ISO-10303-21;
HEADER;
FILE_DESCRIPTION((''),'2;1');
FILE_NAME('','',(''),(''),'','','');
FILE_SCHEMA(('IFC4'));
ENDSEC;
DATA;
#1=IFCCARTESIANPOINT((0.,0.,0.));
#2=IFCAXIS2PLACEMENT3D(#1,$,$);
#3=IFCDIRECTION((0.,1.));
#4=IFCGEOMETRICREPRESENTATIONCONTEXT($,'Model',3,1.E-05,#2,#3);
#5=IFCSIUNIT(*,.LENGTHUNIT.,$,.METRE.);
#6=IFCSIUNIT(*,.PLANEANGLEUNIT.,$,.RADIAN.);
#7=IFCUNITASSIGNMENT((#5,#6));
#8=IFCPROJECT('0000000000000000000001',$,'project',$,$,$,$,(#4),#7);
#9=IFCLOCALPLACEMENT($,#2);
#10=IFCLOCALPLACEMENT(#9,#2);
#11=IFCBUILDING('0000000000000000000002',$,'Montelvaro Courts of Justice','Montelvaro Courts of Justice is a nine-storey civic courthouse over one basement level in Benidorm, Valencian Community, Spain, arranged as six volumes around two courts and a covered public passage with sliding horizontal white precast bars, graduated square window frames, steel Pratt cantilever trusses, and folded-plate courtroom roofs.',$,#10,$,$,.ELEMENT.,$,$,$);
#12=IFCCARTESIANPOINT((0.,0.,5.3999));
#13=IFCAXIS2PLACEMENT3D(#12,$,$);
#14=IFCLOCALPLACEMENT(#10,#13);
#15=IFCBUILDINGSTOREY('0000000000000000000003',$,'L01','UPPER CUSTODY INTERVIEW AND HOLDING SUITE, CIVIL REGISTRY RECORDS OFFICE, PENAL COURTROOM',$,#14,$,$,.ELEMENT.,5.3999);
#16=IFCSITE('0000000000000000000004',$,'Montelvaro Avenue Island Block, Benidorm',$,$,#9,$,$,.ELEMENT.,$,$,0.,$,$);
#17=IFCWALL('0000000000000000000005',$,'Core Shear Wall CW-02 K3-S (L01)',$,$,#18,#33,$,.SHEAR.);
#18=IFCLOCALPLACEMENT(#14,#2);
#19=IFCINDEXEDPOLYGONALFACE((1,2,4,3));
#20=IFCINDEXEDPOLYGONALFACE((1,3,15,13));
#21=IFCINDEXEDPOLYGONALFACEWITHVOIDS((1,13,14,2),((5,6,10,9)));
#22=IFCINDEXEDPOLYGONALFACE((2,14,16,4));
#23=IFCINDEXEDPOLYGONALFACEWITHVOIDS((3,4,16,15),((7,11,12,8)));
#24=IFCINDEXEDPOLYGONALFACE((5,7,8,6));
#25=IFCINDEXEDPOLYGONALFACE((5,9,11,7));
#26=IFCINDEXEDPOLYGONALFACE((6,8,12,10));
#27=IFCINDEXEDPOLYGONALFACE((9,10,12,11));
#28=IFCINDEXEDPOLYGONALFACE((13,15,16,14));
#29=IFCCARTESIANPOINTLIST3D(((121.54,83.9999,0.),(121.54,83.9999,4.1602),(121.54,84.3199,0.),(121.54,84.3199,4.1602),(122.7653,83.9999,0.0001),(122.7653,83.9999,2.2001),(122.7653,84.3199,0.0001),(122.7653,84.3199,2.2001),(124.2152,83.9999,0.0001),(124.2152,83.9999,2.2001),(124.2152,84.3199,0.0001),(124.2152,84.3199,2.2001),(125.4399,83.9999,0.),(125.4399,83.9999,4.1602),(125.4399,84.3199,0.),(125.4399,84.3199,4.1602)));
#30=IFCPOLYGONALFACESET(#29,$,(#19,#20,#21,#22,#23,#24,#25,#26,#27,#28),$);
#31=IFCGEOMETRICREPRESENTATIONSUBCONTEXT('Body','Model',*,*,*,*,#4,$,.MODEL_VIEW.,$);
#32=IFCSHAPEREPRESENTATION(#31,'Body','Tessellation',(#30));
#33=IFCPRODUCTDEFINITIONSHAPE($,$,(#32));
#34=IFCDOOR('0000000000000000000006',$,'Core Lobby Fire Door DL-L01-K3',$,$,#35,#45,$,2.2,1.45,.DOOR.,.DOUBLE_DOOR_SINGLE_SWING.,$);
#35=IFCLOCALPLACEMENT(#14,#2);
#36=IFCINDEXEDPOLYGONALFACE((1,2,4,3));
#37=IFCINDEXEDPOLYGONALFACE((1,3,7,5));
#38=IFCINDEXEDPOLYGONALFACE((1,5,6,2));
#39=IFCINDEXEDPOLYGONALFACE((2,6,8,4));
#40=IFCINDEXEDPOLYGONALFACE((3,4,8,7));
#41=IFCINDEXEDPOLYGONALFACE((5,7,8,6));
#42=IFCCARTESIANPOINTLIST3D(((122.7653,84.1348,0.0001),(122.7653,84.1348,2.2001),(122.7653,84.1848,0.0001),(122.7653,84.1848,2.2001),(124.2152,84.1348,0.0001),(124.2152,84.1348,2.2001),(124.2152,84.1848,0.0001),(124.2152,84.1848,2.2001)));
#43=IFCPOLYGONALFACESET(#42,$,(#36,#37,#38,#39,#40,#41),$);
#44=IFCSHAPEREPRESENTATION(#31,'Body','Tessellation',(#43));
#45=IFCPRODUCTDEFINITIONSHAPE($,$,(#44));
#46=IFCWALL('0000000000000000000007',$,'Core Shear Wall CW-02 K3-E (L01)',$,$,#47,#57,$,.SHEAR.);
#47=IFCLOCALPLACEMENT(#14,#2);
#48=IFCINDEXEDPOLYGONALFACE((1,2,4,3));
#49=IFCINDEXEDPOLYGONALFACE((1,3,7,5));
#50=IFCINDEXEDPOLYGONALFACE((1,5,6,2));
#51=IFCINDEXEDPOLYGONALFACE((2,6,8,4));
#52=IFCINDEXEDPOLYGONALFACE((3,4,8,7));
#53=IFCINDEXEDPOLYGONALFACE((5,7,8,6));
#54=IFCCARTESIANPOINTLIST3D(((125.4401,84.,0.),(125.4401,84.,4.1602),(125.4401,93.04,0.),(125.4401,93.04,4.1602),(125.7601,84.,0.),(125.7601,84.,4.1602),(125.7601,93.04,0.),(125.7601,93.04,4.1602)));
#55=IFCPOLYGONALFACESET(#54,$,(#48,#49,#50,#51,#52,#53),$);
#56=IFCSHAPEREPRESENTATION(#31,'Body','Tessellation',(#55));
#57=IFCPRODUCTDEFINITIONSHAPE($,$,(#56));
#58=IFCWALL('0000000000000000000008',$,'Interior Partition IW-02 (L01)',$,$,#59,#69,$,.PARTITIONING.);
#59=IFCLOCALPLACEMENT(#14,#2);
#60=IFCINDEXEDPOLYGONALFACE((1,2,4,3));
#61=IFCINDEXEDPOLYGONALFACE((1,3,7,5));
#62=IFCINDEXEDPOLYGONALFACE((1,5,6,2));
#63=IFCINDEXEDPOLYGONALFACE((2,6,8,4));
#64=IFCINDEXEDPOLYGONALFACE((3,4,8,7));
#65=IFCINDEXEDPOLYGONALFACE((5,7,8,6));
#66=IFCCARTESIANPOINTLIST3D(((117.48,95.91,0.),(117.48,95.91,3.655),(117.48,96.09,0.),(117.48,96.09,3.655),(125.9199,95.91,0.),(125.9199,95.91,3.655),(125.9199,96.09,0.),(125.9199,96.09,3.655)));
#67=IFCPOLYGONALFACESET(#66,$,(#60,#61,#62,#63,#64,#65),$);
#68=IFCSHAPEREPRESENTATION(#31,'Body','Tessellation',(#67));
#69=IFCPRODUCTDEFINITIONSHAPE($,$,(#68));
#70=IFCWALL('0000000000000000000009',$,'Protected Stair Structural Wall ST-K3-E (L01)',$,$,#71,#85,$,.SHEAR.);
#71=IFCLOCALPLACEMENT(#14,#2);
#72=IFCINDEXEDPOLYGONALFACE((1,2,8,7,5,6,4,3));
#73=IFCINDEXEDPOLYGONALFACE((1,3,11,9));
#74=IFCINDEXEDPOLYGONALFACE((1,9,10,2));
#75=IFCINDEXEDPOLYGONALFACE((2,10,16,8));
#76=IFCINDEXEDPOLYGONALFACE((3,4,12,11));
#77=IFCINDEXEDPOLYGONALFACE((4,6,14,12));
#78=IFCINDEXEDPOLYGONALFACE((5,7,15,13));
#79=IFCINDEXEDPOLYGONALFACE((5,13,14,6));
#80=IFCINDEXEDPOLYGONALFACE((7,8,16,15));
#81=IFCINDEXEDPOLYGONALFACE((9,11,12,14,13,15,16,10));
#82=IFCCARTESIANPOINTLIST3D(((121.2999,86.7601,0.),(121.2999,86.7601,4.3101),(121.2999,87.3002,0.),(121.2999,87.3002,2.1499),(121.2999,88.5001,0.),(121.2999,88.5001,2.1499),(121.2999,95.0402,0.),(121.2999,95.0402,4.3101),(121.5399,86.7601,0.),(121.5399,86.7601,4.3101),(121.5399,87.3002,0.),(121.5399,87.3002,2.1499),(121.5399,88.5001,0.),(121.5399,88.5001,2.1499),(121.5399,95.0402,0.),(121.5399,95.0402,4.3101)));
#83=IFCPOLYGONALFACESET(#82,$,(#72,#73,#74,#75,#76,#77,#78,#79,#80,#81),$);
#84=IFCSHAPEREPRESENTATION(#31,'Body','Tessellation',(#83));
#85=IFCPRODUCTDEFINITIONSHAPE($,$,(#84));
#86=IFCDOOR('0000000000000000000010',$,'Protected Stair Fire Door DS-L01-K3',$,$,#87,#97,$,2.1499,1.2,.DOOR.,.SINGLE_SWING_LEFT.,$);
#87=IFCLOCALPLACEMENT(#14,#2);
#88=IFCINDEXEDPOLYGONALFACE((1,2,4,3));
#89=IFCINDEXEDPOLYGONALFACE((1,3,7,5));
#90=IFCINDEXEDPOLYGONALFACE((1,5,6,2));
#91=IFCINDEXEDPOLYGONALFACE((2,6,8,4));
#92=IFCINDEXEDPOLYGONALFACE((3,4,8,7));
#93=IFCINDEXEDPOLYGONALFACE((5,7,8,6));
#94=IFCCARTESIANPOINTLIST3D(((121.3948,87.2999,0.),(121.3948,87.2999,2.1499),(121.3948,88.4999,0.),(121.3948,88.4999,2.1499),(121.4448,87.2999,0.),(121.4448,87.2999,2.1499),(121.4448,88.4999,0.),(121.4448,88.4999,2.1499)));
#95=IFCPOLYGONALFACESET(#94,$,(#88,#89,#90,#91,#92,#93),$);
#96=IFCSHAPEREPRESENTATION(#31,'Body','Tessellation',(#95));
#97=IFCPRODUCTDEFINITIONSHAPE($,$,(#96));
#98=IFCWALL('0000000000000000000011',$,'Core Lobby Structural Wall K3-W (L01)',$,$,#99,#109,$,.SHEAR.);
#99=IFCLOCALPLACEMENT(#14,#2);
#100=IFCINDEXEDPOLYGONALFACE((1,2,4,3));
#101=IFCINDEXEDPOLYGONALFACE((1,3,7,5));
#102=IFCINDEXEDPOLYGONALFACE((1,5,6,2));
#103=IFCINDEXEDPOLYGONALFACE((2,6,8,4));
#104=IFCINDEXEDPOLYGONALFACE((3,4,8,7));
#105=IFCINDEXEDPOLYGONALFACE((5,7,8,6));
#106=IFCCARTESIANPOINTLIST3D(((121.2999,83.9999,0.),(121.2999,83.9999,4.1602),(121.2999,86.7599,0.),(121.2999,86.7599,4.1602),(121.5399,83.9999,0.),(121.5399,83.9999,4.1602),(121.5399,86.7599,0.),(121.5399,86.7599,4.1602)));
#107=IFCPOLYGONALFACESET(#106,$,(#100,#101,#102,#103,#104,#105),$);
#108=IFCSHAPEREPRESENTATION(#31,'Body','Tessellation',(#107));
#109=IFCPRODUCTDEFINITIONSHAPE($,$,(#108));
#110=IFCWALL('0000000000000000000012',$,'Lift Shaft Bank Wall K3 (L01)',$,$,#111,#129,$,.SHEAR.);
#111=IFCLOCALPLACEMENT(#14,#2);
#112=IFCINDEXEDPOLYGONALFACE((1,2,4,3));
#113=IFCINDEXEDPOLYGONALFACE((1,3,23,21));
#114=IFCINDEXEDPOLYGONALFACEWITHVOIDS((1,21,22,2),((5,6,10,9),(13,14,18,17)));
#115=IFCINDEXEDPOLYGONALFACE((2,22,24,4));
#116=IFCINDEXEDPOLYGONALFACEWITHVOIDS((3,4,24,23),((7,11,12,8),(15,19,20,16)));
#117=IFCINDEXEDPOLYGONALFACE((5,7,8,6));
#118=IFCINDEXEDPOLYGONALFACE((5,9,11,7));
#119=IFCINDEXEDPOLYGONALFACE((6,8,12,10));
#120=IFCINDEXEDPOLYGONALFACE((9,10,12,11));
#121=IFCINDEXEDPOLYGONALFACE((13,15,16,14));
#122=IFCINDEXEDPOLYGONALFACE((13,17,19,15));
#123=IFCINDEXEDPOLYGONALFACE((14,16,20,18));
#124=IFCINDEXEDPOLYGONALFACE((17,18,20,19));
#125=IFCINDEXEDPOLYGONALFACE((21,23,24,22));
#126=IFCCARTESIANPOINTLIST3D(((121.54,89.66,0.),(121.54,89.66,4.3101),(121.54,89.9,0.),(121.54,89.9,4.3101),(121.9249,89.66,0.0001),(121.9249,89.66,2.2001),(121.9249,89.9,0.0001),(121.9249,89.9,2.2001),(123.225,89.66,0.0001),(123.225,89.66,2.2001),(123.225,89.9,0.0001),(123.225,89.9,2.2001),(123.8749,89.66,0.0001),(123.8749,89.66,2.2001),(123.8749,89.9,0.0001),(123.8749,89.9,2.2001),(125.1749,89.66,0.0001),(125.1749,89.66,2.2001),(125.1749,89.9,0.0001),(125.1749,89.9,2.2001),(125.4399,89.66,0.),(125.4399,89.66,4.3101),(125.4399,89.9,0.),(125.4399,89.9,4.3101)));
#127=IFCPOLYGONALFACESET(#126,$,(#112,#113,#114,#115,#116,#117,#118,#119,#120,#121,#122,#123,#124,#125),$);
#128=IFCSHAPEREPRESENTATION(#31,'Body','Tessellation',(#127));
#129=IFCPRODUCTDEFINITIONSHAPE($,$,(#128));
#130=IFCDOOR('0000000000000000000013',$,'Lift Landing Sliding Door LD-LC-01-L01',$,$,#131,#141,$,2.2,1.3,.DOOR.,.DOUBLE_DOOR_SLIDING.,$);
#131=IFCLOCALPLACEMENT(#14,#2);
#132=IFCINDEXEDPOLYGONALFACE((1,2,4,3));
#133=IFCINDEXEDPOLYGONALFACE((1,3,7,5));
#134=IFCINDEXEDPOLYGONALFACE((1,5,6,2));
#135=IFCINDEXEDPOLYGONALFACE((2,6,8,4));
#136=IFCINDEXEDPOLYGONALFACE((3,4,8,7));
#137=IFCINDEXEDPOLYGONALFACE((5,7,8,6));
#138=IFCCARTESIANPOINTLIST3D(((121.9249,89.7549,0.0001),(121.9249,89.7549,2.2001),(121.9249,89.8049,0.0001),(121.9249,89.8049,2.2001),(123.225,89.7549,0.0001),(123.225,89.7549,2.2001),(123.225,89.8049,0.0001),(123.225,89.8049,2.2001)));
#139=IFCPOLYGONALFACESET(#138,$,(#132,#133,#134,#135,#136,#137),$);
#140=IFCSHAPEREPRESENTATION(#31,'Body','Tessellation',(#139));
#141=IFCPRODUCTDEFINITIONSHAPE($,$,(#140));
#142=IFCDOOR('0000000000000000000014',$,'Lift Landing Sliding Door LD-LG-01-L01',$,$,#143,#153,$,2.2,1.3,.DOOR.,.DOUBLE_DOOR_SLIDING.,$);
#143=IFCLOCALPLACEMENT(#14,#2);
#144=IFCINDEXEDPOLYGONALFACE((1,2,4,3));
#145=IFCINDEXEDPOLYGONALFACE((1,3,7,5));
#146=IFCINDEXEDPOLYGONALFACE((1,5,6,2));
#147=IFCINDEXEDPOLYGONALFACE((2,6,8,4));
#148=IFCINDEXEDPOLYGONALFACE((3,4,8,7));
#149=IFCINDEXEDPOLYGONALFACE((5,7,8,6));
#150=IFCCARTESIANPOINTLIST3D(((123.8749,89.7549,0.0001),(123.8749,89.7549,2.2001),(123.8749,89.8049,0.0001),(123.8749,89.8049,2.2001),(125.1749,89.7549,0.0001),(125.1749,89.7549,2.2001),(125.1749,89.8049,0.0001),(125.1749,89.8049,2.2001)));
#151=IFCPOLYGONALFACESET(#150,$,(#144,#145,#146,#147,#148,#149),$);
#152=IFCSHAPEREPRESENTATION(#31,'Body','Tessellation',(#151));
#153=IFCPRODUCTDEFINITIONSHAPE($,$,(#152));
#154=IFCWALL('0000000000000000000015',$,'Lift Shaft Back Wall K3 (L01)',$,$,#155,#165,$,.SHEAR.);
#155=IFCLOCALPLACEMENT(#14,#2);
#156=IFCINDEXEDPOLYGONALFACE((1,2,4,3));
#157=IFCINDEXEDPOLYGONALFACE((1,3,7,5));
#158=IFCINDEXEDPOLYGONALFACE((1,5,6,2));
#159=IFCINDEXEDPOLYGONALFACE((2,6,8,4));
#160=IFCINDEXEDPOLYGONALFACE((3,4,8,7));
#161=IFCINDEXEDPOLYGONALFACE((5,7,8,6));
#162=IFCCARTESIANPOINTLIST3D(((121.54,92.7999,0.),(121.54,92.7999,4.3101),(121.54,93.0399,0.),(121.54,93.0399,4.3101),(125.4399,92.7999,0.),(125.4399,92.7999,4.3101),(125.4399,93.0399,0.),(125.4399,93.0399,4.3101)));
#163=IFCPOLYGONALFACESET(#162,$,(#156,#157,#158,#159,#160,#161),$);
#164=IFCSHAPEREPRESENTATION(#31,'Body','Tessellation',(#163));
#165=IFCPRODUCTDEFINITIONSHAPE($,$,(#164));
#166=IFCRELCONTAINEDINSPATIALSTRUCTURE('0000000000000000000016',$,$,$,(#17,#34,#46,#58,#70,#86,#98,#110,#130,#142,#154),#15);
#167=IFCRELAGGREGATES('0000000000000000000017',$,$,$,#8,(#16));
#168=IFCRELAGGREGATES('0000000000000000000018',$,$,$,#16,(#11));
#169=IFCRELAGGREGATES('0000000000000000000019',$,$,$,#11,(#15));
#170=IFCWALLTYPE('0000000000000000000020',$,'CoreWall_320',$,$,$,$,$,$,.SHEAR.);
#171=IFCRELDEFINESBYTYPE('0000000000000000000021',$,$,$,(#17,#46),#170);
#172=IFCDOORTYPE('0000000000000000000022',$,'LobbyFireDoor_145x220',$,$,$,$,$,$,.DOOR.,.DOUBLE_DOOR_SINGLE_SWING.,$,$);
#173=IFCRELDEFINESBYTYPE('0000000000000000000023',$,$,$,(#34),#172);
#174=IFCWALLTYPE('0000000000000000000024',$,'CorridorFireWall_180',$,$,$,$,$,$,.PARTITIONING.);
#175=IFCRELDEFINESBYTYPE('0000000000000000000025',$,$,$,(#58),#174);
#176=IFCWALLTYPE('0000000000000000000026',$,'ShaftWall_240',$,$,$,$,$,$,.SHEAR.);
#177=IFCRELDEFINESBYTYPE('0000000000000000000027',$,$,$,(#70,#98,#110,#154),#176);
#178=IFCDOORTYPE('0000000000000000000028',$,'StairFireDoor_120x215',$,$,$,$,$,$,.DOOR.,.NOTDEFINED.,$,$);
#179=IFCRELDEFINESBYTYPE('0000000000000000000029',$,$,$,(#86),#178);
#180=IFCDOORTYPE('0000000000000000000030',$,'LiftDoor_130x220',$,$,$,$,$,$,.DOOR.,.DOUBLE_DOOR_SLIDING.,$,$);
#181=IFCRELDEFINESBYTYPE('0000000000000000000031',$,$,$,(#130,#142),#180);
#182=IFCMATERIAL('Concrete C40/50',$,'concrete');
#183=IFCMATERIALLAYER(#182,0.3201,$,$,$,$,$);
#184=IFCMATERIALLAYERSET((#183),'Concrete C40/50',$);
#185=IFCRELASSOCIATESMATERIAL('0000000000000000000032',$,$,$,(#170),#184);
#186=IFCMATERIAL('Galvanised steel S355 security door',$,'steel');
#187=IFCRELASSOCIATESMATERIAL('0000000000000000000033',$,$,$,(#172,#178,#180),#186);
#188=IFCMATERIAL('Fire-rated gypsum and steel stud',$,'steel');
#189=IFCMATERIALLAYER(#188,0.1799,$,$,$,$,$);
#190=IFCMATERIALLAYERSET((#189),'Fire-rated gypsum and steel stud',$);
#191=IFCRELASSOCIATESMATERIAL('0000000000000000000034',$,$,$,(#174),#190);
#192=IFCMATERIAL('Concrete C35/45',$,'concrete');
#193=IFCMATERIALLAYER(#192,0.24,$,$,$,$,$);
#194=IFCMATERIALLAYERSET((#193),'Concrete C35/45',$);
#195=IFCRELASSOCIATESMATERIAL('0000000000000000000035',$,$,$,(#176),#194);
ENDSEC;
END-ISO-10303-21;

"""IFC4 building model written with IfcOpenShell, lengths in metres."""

from ifc_helpers import new_model, si_unit, direction, frame, frame_2d, origin, place, context, subcontext, project, spatial, rectangle, extrude, material, layer, layer_set, type_object, element, fill, save


model = new_model("IFC4")

# Units and contexts
model_context = context("Model", 3, precision=1e-05, world=origin(), true_north=direction((0.0, 1.0)))
body_context = subcontext(model_context, "Body", "Model", "MODEL_VIEW")
ifc_project = project(units=[si_unit("LENGTHUNIT", "METRE"), si_unit("PLANEANGLEUNIT", "RADIAN")], contexts=[model_context])

# Site, building, storey
site_placement = place(None, origin())
site = spatial("IfcSite", under=ifc_project, at=site_placement, Name="Montelvaro Avenue Island Block, Benidorm", CompositionType="ELEMENT", RefElevation=0.0)
building_placement = place(site_placement, origin())
building = spatial("IfcBuilding", under=site, at=building_placement, Name="Montelvaro Courts of Justice", Description="Montelvaro Courts of Justice is a nine-storey civic courthouse over one basement level in Benidorm, Valencian Community, Spain, arranged as six volumes around two courts and a covered public passage with sliding horizontal white precast bars, graduated square window frames, steel Pratt cantilever trusses, and folded-plate courtroom roofs.", CompositionType="ELEMENT")
storey_placement = place(building_placement, frame((0.0, 0.0, 5.3999)))
storey = spatial("IfcBuildingStorey", under=building, at=storey_placement, Name="L01", Description="UPPER CUSTODY INTERVIEW AND HOLDING SUITE, CIVIL REGISTRY RECORDS OFFICE, PENAL COURTROOM", CompositionType="ELEMENT", Elevation=5.3999)

# Wall, opening, door
ifc_material_1 = material(Name="Concrete C40/50", Category="concrete")
ifc_layer_1 = layer(ifc_material_1, 0.3201)
ifc_layer_set_1 = layer_set([ifc_layer_1], Name="Concrete C40/50")
wall_type_1 = type_object("IfcWallType", Name="CoreWall_320", PredefinedType="SHEAR", material=ifc_layer_set_1)
wall_1_placement = place(storey_placement, frame((121.54, 84.1599, 0.0), z_axis=(0.0, 0.0, 1.0), x_axis=(1.0, 0.0, 0.0)))
wall_1 = element("IfcWall", 1, at=wall_1_placement, inside=storey, type_object=wall_type_1, Name="Core Shear Wall CW-02 K3-S (L01)", PredefinedType="SHEAR", context=body_context, shape_type="SweptSolid", body=[
    extrude(rectangle(XDim=3.8999, YDim=0.3201, at=frame_2d((1.95, 0.0))), origin(), (0.0, 0.0, 1.0), 4.1602),
])
opening_1_placement = place(wall_1_placement, frame((1.2251, 0.0, 0.0)))
opening_1 = element("IfcOpeningElement", 2, at=opening_1_placement, cuts=wall_1, PredefinedType="OPENING", context=body_context, shape_type="SweptSolid", body=[
    extrude(rectangle(XDim=1.45, YDim=2.2, at=frame_2d((0.7251, 1.1001))), frame((0.0, 0.1748, 0.0), z_axis=(0.0, -1.0, 0.0), x_axis=(1.0, 0.0, 0.0)), (0.0, 0.0, 1.0), 0.3499),
])
ifc_material_2 = material(Name="Galvanised steel S355 security door", Category="steel")
door_type_1 = type_object("IfcDoorType", Name="LobbyFireDoor_145x220", OperationType="DOUBLE_DOOR_SINGLE_SWING", PredefinedType="DOOR", material=ifc_material_2)
door_1_placement = place(opening_1_placement, origin())
door_1 = element("IfcDoor", 3, at=door_1_placement, inside=storey, type_object=door_type_1, Name="Core Lobby Fire Door DL-L01-K3", OperationType="DOUBLE_DOOR_SINGLE_SWING", OverallHeight=2.2, OverallWidth=1.45, PredefinedType="DOOR", context=body_context, shape_type="SweptSolid", body=[
    extrude(rectangle(XDim=1.45, YDim=2.2, at=frame_2d((0.7251, 1.1001))), frame((0.0, 0.0249, 0.0), z_axis=(0.0, -1.0, 0.0), x_axis=(1.0, 0.0, 0.0)), (0.0, 0.0, 1.0), 0.05),
])
fill(opening_1, door_1)

# Walls
wall_2_placement = place(storey_placement, frame((125.6001, 84.0, 0.0), z_axis=(0.0, 0.0, 1.0), x_axis=(0.0, 1.0, 0.0)))
element("IfcWall", 4, at=wall_2_placement, inside=storey, type_object=wall_type_1, Name="Core Shear Wall CW-02 K3-E (L01)", PredefinedType="SHEAR", context=body_context, shape_type="SweptSolid", body=[
    extrude(rectangle(XDim=9.04, YDim=0.3201, at=frame_2d((4.52, 0.0))), origin(), (0.0, 0.0, 1.0), 4.1602),
])
ifc_material_3 = material(Name="Fire-rated gypsum and steel stud", Category="steel")
ifc_layer_2 = layer(ifc_material_3, 0.1799)
ifc_layer_set_2 = layer_set([ifc_layer_2], Name="Fire-rated gypsum and steel stud")
wall_type_2 = type_object("IfcWallType", Name="CorridorFireWall_180", PredefinedType="PARTITIONING", material=ifc_layer_set_2)
wall_3_placement = place(storey_placement, frame((125.9199, 96.0, 0.0), z_axis=(0.0, 0.0, 1.0), x_axis=(-1.0, 0.0, 0.0)))
element("IfcWall", 5, at=wall_3_placement, inside=storey, type_object=wall_type_2, Name="Interior Partition IW-02 (L01)", PredefinedType="PARTITIONING", context=body_context, shape_type="SweptSolid", body=[
    extrude(rectangle(XDim=8.4399, YDim=0.1799, at=frame_2d((4.22, 0.0))), origin(), (0.0, 0.0, 1.0), 3.655),
])

# Wall, opening, door
ifc_material_4 = material(Name="Concrete C35/45", Category="concrete")
ifc_layer_3 = layer(ifc_material_4, 0.24)
ifc_layer_set_3 = layer_set([ifc_layer_3], Name="Concrete C35/45")
wall_type_3 = type_object("IfcWallType", Name="ShaftWall_240", PredefinedType="SHEAR", material=ifc_layer_set_3)
wall_4_placement = place(storey_placement, frame((121.4199, 86.76, 0.0), z_axis=(0.0, 0.0, 1.0), x_axis=(0.0, 1.0, 0.0)))
wall_4 = element("IfcWall", 6, at=wall_4_placement, inside=storey, type_object=wall_type_3, Name="Protected Stair Structural Wall ST-K3-E (L01)", PredefinedType="SHEAR", context=body_context, shape_type="SweptSolid", body=[
    extrude(rectangle(XDim=8.28, YDim=0.24, at=frame_2d((4.1401, 0.0))), origin(), (0.0, 0.0, 1.0), 4.3101),
])
opening_2_placement = place(wall_4_placement, frame((0.54, 0.0, 0.0)))
opening_2 = element("IfcOpeningElement", 7, at=opening_2_placement, cuts=wall_4, PredefinedType="OPENING", context=body_context, shape_type="SweptSolid", body=[
    extrude(rectangle(XDim=1.2, YDim=2.1499, at=frame_2d((0.6001, 1.075))), frame((0.0, 0.1348, 0.0), z_axis=(0.0, -1.0, 0.0), x_axis=(1.0, 0.0, 0.0)), (0.0, 0.0, 1.0), 0.2698),
])
door_type_2 = type_object("IfcDoorType", Name="StairFireDoor_120x215", OperationType="NOTDEFINED", PredefinedType="DOOR", material=ifc_material_2)
door_2_placement = place(opening_2_placement, frame((1.2, 0.0, 0.0), z_axis=(0.0, 0.0, 1.0), x_axis=(-1.0, 0.0, 0.0)))
door_2 = element("IfcDoor", 8, at=door_2_placement, inside=storey, type_object=door_type_2, Name="Protected Stair Fire Door DS-L01-K3", OperationType="SINGLE_SWING_LEFT", OverallHeight=2.1499, OverallWidth=1.2, PredefinedType="DOOR", context=body_context, shape_type="SweptSolid", body=[
    extrude(rectangle(XDim=1.2, YDim=2.1499, at=frame_2d((0.6001, 1.075))), frame((0.0, 0.0249, 0.0), z_axis=(0.0, -1.0, 0.0), x_axis=(1.0, 0.0, 0.0)), (0.0, 0.0, 1.0), 0.05),
])
fill(opening_2, door_2)

# Wall
wall_5_placement = place(storey_placement, frame((121.4199, 84.0, 0.0), z_axis=(0.0, 0.0, 1.0), x_axis=(0.0, 1.0, 0.0)))
element("IfcWall", 9, at=wall_5_placement, inside=storey, type_object=wall_type_3, Name="Core Lobby Structural Wall K3-W (L01)", PredefinedType="SHEAR", context=body_context, shape_type="SweptSolid", body=[
    extrude(rectangle(XDim=2.76, YDim=0.24, at=frame_2d((1.3799, 0.0))), origin(), (0.0, 0.0, 1.0), 4.1602),
])

# Wall, openings, doors
wall_6_placement = place(storey_placement, frame((121.54, 89.78, 0.0), z_axis=(0.0, 0.0, 1.0), x_axis=(1.0, 0.0, 0.0)))
wall_6 = element("IfcWall", 10, at=wall_6_placement, inside=storey, type_object=wall_type_3, Name="Lift Shaft Bank Wall K3 (L01)", PredefinedType="SHEAR", context=body_context, shape_type="SweptSolid", body=[
    extrude(rectangle(XDim=3.8999, YDim=0.24, at=frame_2d((1.95, 0.0))), origin(), (0.0, 0.0, 1.0), 4.3101),
])
opening_3_placement = place(wall_6_placement, frame((0.385, 0.0, 0.0)))
opening_3 = element("IfcOpeningElement", 11, at=opening_3_placement, cuts=wall_6, PredefinedType="OPENING", context=body_context, shape_type="SweptSolid", body=[
    extrude(rectangle(XDim=1.3, YDim=2.2, at=frame_2d((0.6499, 1.1001))), frame((0.0, 0.1348, 0.0), z_axis=(0.0, -1.0, 0.0), x_axis=(1.0, 0.0, 0.0)), (0.0, 0.0, 1.0), 0.2698),
])
opening_4_placement = place(wall_6_placement, frame((2.335, 0.0, 0.0)))
opening_4 = element("IfcOpeningElement", 12, at=opening_4_placement, cuts=wall_6, PredefinedType="OPENING", context=body_context, shape_type="SweptSolid", body=[
    extrude(rectangle(XDim=1.3, YDim=2.2, at=frame_2d((0.6499, 1.1001))), frame((0.0, 0.1348, 0.0), z_axis=(0.0, -1.0, 0.0), x_axis=(1.0, 0.0, 0.0)), (0.0, 0.0, 1.0), 0.2698),
])
door_type_3 = type_object("IfcDoorType", Name="LiftDoor_130x220", OperationType="DOUBLE_DOOR_SLIDING", PredefinedType="DOOR", material=ifc_material_2)
door_3_placement = place(opening_3_placement, origin())
door_3 = element("IfcDoor", 13, at=door_3_placement, inside=storey, type_object=door_type_3, Name="Lift Landing Sliding Door LD-LC-01-L01", OperationType="DOUBLE_DOOR_SLIDING", OverallHeight=2.2, OverallWidth=1.3, PredefinedType="DOOR", context=body_context, shape_type="SweptSolid", body=[
    extrude(rectangle(XDim=1.3, YDim=2.2, at=frame_2d((0.6499, 1.1001))), frame((0.0, 0.0249, 0.0), z_axis=(0.0, -1.0, 0.0), x_axis=(1.0, 0.0, 0.0)), (0.0, 0.0, 1.0), 0.05),
])
fill(opening_3, door_3)
door_4_placement = place(opening_4_placement, origin())
door_4 = element("IfcDoor", 14, at=door_4_placement, inside=storey, type_object=door_type_3, Name="Lift Landing Sliding Door LD-LG-01-L01", OperationType="DOUBLE_DOOR_SLIDING", OverallHeight=2.2, OverallWidth=1.3, PredefinedType="DOOR", context=body_context, shape_type="SweptSolid", body=[
    extrude(rectangle(XDim=1.3, YDim=2.2, at=frame_2d((0.6499, 1.1001))), frame((0.0, 0.0249, 0.0), z_axis=(0.0, -1.0, 0.0), x_axis=(1.0, 0.0, 0.0)), (0.0, 0.0, 1.0), 0.05),
])
fill(opening_4, door_4)

# Wall
wall_7_placement = place(storey_placement, frame((121.54, 92.9199, 0.0), z_axis=(0.0, 0.0, 1.0), x_axis=(1.0, 0.0, 0.0)))
element("IfcWall", 15, at=wall_7_placement, inside=storey, type_object=wall_type_3, Name="Lift Shaft Back Wall K3 (L01)", PredefinedType="SHEAR", context=body_context, shape_type="SweptSolid", body=[
    extrude(rectangle(XDim=3.8999, YDim=0.24, at=frame_2d((1.95, 0.0))), origin(), (0.0, 0.0, 1.0), 4.3101),
])

save(model, "model.ifc")
